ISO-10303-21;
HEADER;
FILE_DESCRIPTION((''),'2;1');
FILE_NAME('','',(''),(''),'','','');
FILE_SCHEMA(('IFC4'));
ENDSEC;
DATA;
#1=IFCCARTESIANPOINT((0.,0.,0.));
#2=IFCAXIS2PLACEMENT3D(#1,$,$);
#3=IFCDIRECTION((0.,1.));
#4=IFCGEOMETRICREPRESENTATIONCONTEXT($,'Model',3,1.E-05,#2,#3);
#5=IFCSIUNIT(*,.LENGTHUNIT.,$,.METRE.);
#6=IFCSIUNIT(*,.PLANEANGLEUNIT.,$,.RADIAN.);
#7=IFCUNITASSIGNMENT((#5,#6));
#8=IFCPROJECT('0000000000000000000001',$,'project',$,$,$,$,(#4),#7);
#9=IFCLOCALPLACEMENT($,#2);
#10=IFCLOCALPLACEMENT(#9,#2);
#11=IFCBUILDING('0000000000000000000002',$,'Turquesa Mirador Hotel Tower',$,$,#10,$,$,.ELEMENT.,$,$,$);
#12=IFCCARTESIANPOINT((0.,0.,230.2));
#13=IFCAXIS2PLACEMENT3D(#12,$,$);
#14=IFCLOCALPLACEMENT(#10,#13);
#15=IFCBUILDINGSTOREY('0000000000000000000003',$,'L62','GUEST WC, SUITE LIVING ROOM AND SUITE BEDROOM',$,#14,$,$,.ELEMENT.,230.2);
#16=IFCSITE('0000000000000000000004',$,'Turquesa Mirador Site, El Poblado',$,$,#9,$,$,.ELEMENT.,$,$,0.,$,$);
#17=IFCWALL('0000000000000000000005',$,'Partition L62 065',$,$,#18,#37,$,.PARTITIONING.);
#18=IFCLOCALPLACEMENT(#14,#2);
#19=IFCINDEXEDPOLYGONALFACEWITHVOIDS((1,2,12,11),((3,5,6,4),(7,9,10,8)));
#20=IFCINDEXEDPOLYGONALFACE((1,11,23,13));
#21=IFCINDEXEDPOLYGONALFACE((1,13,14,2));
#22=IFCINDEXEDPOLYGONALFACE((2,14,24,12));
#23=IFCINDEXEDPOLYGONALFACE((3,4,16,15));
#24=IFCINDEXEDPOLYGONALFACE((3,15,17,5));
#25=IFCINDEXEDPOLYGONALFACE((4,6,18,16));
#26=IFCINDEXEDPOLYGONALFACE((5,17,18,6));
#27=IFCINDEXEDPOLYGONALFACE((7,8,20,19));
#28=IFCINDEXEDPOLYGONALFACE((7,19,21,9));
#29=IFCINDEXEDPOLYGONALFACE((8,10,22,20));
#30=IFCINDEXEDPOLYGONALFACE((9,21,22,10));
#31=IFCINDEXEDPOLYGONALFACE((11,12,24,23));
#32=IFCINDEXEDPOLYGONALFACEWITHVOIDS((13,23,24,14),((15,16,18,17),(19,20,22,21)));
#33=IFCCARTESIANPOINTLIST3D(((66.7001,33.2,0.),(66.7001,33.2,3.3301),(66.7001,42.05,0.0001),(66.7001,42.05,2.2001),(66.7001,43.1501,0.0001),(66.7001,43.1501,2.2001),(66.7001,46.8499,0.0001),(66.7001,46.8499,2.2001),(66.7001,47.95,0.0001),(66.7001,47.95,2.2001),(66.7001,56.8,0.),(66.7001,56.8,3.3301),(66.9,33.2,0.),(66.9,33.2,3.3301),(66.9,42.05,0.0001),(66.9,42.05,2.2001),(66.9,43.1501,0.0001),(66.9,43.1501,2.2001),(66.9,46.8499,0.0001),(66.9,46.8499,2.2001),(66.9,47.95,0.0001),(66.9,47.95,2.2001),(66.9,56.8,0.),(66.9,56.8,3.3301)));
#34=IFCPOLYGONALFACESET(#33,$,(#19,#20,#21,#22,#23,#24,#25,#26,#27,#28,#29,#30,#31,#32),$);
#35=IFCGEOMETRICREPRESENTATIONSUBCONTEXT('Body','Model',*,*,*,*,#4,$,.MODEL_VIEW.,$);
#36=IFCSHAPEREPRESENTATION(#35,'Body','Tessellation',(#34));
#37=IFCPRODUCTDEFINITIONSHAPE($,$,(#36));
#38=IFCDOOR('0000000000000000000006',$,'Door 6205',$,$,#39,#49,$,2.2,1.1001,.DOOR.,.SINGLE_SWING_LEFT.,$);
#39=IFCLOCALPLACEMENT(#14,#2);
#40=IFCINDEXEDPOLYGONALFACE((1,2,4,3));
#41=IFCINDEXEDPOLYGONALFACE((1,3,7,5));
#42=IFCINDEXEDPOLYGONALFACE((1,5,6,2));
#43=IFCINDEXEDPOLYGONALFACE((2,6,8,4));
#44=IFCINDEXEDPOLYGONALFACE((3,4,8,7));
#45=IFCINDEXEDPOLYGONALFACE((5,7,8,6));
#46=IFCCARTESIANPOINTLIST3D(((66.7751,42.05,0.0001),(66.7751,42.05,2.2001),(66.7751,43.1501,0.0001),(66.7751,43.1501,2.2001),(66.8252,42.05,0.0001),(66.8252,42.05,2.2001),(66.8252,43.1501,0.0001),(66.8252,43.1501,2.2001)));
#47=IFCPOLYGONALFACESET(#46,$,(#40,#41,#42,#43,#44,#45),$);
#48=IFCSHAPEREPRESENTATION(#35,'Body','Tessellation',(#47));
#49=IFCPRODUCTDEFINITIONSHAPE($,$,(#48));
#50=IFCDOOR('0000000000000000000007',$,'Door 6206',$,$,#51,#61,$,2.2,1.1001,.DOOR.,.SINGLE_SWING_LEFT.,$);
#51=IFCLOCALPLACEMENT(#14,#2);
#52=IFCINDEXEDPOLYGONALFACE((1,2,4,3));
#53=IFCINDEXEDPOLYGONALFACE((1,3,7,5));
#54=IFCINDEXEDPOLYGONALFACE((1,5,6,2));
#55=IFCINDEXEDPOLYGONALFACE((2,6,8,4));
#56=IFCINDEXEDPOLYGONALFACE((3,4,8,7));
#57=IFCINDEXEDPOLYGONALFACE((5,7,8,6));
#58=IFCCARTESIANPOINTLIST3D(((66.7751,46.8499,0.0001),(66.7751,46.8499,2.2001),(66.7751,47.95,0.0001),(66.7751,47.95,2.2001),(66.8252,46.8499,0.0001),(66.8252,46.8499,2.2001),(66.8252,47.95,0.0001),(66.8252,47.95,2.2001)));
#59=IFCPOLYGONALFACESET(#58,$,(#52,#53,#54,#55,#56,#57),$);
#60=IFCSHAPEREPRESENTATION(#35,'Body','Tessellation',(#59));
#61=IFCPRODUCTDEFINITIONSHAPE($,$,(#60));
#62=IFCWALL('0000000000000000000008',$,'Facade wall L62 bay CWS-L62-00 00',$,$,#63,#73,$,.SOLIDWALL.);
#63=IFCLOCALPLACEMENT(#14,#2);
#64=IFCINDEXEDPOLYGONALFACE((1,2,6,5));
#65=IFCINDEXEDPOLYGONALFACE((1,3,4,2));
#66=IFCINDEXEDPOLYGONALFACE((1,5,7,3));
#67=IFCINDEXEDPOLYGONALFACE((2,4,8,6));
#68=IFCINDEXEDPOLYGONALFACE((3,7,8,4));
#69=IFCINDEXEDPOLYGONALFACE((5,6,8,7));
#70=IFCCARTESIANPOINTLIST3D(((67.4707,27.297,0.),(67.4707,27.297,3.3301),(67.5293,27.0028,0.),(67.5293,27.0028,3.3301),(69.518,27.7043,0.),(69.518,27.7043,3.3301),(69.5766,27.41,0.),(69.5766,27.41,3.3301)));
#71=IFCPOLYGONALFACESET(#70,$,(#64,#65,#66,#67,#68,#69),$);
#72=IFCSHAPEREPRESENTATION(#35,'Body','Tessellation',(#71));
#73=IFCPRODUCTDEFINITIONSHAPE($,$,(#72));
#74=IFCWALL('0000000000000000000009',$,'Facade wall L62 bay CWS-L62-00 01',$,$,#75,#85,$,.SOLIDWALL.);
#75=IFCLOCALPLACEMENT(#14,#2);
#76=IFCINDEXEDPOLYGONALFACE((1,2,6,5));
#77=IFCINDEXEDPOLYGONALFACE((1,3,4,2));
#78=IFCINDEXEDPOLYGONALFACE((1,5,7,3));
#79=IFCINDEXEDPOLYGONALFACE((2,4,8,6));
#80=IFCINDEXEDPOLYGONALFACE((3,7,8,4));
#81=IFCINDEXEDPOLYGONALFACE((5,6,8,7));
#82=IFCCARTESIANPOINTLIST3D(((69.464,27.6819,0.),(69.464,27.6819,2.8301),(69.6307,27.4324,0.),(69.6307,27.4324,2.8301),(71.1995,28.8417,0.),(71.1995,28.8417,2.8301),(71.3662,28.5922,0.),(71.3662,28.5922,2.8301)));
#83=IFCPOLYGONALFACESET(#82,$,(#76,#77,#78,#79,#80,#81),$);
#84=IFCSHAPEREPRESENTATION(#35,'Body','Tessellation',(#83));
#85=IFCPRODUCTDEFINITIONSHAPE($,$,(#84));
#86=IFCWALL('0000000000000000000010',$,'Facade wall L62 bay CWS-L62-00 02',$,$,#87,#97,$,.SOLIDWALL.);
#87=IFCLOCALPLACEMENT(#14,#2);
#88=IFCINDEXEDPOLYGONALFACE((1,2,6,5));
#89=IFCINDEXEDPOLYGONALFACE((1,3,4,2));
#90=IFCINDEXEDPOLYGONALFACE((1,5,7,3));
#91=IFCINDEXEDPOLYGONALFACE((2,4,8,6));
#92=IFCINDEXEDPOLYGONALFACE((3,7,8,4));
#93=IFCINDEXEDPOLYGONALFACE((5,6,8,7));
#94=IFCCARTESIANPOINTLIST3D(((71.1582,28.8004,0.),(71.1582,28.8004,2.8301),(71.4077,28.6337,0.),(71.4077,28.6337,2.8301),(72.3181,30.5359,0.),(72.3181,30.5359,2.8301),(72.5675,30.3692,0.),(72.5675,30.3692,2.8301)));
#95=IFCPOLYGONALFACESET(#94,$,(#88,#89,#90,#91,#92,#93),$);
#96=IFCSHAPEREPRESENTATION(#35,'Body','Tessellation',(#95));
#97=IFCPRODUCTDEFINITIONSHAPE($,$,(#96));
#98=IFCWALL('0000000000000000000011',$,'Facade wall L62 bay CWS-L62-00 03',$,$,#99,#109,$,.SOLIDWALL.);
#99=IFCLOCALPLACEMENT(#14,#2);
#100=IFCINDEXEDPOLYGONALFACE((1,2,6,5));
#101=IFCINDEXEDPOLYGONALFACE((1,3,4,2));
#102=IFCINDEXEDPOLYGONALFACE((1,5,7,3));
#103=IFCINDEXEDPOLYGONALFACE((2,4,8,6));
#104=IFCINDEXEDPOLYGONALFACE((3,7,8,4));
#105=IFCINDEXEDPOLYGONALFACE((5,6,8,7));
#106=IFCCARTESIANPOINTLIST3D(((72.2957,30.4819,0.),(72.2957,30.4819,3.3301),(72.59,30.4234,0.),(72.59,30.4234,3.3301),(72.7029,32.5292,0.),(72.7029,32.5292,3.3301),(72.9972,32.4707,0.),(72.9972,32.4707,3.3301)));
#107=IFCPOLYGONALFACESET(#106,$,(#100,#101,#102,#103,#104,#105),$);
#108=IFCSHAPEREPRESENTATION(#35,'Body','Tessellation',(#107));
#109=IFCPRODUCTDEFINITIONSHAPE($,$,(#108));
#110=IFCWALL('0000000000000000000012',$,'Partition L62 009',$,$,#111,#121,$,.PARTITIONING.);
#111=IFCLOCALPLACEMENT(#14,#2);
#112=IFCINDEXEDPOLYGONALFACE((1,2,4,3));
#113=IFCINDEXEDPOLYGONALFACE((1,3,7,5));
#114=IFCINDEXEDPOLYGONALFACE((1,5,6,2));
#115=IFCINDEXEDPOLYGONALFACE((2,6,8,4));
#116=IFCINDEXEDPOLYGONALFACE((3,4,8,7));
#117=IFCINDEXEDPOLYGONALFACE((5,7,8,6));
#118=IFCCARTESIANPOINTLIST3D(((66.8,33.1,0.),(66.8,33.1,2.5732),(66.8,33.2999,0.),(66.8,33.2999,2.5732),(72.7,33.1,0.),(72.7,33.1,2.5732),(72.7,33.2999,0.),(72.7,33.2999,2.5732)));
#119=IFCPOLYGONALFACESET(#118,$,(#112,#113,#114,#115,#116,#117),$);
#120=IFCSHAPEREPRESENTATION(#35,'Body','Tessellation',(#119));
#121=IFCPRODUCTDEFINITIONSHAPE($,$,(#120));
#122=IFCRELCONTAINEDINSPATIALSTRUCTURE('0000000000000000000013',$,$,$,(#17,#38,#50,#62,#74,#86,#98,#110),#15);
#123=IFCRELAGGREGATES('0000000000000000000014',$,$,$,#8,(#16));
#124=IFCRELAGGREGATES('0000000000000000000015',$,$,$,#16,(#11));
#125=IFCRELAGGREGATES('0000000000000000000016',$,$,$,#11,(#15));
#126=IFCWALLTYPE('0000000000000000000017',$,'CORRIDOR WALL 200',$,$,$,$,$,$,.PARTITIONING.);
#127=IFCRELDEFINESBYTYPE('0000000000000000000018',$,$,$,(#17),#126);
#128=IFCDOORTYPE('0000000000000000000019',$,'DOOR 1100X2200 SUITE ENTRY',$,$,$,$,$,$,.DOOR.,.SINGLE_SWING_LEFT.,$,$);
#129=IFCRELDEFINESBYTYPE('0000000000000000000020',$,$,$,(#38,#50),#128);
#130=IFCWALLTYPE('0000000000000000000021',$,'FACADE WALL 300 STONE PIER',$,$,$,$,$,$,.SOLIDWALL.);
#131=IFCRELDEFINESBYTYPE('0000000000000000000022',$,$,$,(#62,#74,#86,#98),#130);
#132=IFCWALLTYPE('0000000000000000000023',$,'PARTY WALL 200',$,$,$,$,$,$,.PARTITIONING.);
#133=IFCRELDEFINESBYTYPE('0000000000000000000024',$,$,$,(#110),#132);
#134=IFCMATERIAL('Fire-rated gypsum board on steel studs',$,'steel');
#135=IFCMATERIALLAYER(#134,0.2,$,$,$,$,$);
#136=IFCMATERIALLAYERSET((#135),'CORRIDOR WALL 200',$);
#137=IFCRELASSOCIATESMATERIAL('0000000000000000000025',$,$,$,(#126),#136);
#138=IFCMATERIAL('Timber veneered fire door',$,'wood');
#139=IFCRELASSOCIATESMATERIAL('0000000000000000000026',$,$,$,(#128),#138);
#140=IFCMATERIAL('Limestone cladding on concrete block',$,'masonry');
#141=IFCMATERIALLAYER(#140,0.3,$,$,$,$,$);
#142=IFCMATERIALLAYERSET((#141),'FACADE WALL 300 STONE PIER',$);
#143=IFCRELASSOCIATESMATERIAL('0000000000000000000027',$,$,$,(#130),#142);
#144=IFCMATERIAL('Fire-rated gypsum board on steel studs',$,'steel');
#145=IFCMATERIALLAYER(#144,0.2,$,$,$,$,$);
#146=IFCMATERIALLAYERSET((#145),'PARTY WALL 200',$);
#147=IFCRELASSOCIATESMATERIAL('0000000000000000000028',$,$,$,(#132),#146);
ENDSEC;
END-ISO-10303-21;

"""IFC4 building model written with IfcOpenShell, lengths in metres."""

from ifc_helpers import new_model, si_unit, direction, frame, frame_2d, origin, place, context, subcontext, project, spatial, rectangle, extrude, material, layer, layer_set, type_object, element, fill, save


model = new_model("IFC4")

# Units and contexts
model_context = context("Model", 3, precision=1e-05, world=origin(), true_north=direction((0.0, 1.0)))
body_context = subcontext(model_context, "Body", "Model", "MODEL_VIEW")
ifc_project = project(units=[si_unit("LENGTHUNIT", "METRE"), si_unit("PLANEANGLEUNIT", "RADIAN")], contexts=[model_context])

# Site, building, storey
site_placement = place(None, origin())
site = spatial("IfcSite", under=ifc_project, at=site_placement, Name="Turquesa Mirador Site, El Poblado", CompositionType="ELEMENT", RefElevation=0.0)
building_placement = place(site_placement, origin())
building = spatial("IfcBuilding", under=site, at=building_placement, Name="Turquesa Mirador Hotel Tower", CompositionType="ELEMENT")
storey_placement = place(building_placement, frame((0.0, 0.0, 230.2)))
storey = spatial("IfcBuildingStorey", under=building, at=storey_placement, Name="L62", Description="GUEST WC, SUITE LIVING ROOM AND SUITE BEDROOM", CompositionType="ELEMENT", Elevation=230.2)

# Wall, openings, doors
ifc_material_1 = material(Name="Fire-rated gypsum board on steel studs", Category="steel")
ifc_layer_1 = layer(ifc_material_1, 0.2)
ifc_layer_set_1 = layer_set([ifc_layer_1], Name="CORRIDOR WALL 200")
wall_type_1 = type_object("IfcWallType", Name="CORRIDOR WALL 200", PredefinedType="PARTITIONING", material=ifc_layer_set_1)
wall_1_placement = place(storey_placement, frame((66.8, 33.2, 0.0), z_axis=(0.0, 0.0, 1.0), x_axis=(0.0, 1.0, 0.0)))
wall_1 = element("IfcWall", 1, at=wall_1_placement, inside=storey, type_object=wall_type_1, Name="Partition L62 065", PredefinedType="PARTITIONING", context=body_context, shape_type="SweptSolid", body=[
    extrude(rectangle(XDim=23.6001, YDim=0.2, at=frame_2d((11.8, 0.0))), origin(), (0.0, 0.0, 1.0), 3.3301),
])
opening_1_placement = place(wall_1_placement, frame((8.8501, 0.0, 0.0)))
opening_1 = element("IfcOpeningElement", 2, at=opening_1_placement, cuts=wall_1, PredefinedType="OPENING", context=body_context, shape_type="SweptSolid", body=[
    extrude(rectangle(XDim=1.1001, YDim=2.2, at=frame_2d((0.55, 1.1001))), frame((0.0, 0.1099, 0.0), z_axis=(0.0, -1.0, 0.0), x_axis=(1.0, 0.0, 0.0)), (0.0, 0.0, 1.0), 0.22),
])
opening_2_placement = place(wall_1_placement, frame((13.6499, 0.0, 0.0)))
opening_2 = element("IfcOpeningElement", 3, at=opening_2_placement, cuts=wall_1, PredefinedType="OPENING", context=body_context, shape_type="SweptSolid", body=[
    extrude(rectangle(XDim=1.1001, YDim=2.2, at=frame_2d((0.55, 1.1001))), frame((0.0, 0.1099, 0.0), z_axis=(0.0, -1.0, 0.0), x_axis=(1.0, 0.0, 0.0)), (0.0, 0.0, 1.0), 0.22),
])
ifc_material_2 = material(Name="Timber veneered fire door", Category="wood")
door_type = type_object("IfcDoorType", Name="DOOR 1100X2200 SUITE ENTRY", OperationType="SINGLE_SWING_LEFT", PredefinedType="DOOR", material=ifc_material_2)
door_1_placement = place(opening_1_placement, origin())
door_1 = element("IfcDoor", 4, at=door_1_placement, inside=storey, type_object=door_type, Name="Door 6205", OperationType="SINGLE_SWING_LEFT", OverallHeight=2.2, OverallWidth=1.1001, PredefinedType="DOOR", context=body_context, shape_type="SweptSolid", body=[
    extrude(rectangle(XDim=1.1001, YDim=2.2, at=frame_2d((0.55, 1.1001))), frame((0.0, 0.0249, 0.0), z_axis=(0.0, -1.0, 0.0), x_axis=(1.0, 0.0, 0.0)), (0.0, 0.0, 1.0), 0.05),
])
fill(opening_1, door_1)
door_2_placement = place(opening_2_placement, origin())
door_2 = element("IfcDoor", 5, at=door_2_placement, inside=storey, type_object=door_type, Name="Door 6206", OperationType="SINGLE_SWING_LEFT", OverallHeight=2.2, OverallWidth=1.1001, PredefinedType="DOOR", context=body_context, shape_type="SweptSolid", body=[
    extrude(rectangle(XDim=1.1001, YDim=2.2, at=frame_2d((0.55, 1.1001))), frame((0.0, 0.0249, 0.0), z_axis=(0.0, -1.0, 0.0), x_axis=(1.0, 0.0, 0.0)), (0.0, 0.0, 1.0), 0.05),
])
fill(opening_2, door_2)

# Walls
ifc_material_3 = material(Name="Limestone cladding on concrete block", Category="masonry")
ifc_layer_2 = layer(ifc_material_3, 0.3)
ifc_layer_set_2 = layer_set([ifc_layer_2], Name="FACADE WALL 300 STONE PIER")
wall_type_2 = type_object("IfcWallType", Name="FACADE WALL 300 STONE PIER", PredefinedType="SOLIDWALL", material=ifc_layer_set_2)
wall_2_placement = place(storey_placement, frame((67.5, 27.1499, 0.0), z_axis=(0.0, 0.0, 1.0), x_axis=(0.980787, 0.195081, 0.0)))
element("IfcWall", 6, at=wall_2_placement, inside=storey, type_object=wall_type_2, Name="Facade wall L62 bay CWS-L62-00 00", PredefinedType="SOLIDWALL", context=body_context, shape_type="SweptSolid", body=[
    extrude(rectangle(XDim=2.0874, YDim=0.3, at=frame_2d((1.0437, 0.0))), origin(), (0.0, 0.0, 1.0), 3.3301),
])
for number, where, z_axis, x_axis, name in (
    (7, (69.5474, 27.5571, 0.0), (0.0, 0.0, 1.0), (0.83142, 0.555644, 0.0), "Facade wall L62 bay CWS-L62-00 01"),
    (8, (71.283, 28.717, 0.0), (0.0, 0.0, 1.0), (0.555644, 0.83142, 0.0), "Facade wall L62 bay CWS-L62-00 02"),
):
    element("IfcWall", number, at=place(storey_placement, frame(where, z_axis=z_axis, x_axis=x_axis)), inside=storey, type_object=wall_type_2, Name=name, PredefinedType="SOLIDWALL", context=body_context, shape_type="SweptSolid", body=[
        extrude(rectangle(XDim=2.0874, YDim=0.3, at=frame_2d((1.0437, 0.0))), origin(), (0.0, 0.0, 1.0), 2.8301),
    ])
wall_3_placement = place(storey_placement, frame((72.4429, 30.4526, 0.0), z_axis=(0.0, 0.0, 1.0), x_axis=(0.195081, 0.980787, 0.0)))
element("IfcWall", 9, at=wall_3_placement, inside=storey, type_object=wall_type_2, Name="Facade wall L62 bay CWS-L62-00 03", PredefinedType="SOLIDWALL", context=body_context, shape_type="SweptSolid", body=[
    extrude(rectangle(XDim=2.0874, YDim=0.3, at=frame_2d((1.0437, 0.0))), origin(), (0.0, 0.0, 1.0), 3.3301),
])
ifc_material_4 = material(Name="Fire-rated gypsum board on steel studs", Category="steel")
ifc_layer_3 = layer(ifc_material_4, 0.2)
ifc_layer_set_3 = layer_set([ifc_layer_3], Name="PARTY WALL 200")
wall_type_3 = type_object("IfcWallType", Name="PARTY WALL 200", PredefinedType="PARTITIONING", material=ifc_layer_set_3)
wall_4_placement = place(storey_placement, frame((66.8, 33.2, 0.0), z_axis=(0.0, 0.0, 1.0), x_axis=(1.0, 0.0, 0.0)))
element("IfcWall", 10, at=wall_4_placement, inside=storey, type_object=wall_type_3, Name="Partition L62 009", PredefinedType="PARTITIONING", context=body_context, shape_type="SweptSolid", body=[
    extrude(rectangle(XDim=5.8999, YDim=0.2, at=frame_2d((2.95, 0.0))), origin(), (0.0, 0.0, 1.0), 2.5732),
])

save(model, "model.ifc")
